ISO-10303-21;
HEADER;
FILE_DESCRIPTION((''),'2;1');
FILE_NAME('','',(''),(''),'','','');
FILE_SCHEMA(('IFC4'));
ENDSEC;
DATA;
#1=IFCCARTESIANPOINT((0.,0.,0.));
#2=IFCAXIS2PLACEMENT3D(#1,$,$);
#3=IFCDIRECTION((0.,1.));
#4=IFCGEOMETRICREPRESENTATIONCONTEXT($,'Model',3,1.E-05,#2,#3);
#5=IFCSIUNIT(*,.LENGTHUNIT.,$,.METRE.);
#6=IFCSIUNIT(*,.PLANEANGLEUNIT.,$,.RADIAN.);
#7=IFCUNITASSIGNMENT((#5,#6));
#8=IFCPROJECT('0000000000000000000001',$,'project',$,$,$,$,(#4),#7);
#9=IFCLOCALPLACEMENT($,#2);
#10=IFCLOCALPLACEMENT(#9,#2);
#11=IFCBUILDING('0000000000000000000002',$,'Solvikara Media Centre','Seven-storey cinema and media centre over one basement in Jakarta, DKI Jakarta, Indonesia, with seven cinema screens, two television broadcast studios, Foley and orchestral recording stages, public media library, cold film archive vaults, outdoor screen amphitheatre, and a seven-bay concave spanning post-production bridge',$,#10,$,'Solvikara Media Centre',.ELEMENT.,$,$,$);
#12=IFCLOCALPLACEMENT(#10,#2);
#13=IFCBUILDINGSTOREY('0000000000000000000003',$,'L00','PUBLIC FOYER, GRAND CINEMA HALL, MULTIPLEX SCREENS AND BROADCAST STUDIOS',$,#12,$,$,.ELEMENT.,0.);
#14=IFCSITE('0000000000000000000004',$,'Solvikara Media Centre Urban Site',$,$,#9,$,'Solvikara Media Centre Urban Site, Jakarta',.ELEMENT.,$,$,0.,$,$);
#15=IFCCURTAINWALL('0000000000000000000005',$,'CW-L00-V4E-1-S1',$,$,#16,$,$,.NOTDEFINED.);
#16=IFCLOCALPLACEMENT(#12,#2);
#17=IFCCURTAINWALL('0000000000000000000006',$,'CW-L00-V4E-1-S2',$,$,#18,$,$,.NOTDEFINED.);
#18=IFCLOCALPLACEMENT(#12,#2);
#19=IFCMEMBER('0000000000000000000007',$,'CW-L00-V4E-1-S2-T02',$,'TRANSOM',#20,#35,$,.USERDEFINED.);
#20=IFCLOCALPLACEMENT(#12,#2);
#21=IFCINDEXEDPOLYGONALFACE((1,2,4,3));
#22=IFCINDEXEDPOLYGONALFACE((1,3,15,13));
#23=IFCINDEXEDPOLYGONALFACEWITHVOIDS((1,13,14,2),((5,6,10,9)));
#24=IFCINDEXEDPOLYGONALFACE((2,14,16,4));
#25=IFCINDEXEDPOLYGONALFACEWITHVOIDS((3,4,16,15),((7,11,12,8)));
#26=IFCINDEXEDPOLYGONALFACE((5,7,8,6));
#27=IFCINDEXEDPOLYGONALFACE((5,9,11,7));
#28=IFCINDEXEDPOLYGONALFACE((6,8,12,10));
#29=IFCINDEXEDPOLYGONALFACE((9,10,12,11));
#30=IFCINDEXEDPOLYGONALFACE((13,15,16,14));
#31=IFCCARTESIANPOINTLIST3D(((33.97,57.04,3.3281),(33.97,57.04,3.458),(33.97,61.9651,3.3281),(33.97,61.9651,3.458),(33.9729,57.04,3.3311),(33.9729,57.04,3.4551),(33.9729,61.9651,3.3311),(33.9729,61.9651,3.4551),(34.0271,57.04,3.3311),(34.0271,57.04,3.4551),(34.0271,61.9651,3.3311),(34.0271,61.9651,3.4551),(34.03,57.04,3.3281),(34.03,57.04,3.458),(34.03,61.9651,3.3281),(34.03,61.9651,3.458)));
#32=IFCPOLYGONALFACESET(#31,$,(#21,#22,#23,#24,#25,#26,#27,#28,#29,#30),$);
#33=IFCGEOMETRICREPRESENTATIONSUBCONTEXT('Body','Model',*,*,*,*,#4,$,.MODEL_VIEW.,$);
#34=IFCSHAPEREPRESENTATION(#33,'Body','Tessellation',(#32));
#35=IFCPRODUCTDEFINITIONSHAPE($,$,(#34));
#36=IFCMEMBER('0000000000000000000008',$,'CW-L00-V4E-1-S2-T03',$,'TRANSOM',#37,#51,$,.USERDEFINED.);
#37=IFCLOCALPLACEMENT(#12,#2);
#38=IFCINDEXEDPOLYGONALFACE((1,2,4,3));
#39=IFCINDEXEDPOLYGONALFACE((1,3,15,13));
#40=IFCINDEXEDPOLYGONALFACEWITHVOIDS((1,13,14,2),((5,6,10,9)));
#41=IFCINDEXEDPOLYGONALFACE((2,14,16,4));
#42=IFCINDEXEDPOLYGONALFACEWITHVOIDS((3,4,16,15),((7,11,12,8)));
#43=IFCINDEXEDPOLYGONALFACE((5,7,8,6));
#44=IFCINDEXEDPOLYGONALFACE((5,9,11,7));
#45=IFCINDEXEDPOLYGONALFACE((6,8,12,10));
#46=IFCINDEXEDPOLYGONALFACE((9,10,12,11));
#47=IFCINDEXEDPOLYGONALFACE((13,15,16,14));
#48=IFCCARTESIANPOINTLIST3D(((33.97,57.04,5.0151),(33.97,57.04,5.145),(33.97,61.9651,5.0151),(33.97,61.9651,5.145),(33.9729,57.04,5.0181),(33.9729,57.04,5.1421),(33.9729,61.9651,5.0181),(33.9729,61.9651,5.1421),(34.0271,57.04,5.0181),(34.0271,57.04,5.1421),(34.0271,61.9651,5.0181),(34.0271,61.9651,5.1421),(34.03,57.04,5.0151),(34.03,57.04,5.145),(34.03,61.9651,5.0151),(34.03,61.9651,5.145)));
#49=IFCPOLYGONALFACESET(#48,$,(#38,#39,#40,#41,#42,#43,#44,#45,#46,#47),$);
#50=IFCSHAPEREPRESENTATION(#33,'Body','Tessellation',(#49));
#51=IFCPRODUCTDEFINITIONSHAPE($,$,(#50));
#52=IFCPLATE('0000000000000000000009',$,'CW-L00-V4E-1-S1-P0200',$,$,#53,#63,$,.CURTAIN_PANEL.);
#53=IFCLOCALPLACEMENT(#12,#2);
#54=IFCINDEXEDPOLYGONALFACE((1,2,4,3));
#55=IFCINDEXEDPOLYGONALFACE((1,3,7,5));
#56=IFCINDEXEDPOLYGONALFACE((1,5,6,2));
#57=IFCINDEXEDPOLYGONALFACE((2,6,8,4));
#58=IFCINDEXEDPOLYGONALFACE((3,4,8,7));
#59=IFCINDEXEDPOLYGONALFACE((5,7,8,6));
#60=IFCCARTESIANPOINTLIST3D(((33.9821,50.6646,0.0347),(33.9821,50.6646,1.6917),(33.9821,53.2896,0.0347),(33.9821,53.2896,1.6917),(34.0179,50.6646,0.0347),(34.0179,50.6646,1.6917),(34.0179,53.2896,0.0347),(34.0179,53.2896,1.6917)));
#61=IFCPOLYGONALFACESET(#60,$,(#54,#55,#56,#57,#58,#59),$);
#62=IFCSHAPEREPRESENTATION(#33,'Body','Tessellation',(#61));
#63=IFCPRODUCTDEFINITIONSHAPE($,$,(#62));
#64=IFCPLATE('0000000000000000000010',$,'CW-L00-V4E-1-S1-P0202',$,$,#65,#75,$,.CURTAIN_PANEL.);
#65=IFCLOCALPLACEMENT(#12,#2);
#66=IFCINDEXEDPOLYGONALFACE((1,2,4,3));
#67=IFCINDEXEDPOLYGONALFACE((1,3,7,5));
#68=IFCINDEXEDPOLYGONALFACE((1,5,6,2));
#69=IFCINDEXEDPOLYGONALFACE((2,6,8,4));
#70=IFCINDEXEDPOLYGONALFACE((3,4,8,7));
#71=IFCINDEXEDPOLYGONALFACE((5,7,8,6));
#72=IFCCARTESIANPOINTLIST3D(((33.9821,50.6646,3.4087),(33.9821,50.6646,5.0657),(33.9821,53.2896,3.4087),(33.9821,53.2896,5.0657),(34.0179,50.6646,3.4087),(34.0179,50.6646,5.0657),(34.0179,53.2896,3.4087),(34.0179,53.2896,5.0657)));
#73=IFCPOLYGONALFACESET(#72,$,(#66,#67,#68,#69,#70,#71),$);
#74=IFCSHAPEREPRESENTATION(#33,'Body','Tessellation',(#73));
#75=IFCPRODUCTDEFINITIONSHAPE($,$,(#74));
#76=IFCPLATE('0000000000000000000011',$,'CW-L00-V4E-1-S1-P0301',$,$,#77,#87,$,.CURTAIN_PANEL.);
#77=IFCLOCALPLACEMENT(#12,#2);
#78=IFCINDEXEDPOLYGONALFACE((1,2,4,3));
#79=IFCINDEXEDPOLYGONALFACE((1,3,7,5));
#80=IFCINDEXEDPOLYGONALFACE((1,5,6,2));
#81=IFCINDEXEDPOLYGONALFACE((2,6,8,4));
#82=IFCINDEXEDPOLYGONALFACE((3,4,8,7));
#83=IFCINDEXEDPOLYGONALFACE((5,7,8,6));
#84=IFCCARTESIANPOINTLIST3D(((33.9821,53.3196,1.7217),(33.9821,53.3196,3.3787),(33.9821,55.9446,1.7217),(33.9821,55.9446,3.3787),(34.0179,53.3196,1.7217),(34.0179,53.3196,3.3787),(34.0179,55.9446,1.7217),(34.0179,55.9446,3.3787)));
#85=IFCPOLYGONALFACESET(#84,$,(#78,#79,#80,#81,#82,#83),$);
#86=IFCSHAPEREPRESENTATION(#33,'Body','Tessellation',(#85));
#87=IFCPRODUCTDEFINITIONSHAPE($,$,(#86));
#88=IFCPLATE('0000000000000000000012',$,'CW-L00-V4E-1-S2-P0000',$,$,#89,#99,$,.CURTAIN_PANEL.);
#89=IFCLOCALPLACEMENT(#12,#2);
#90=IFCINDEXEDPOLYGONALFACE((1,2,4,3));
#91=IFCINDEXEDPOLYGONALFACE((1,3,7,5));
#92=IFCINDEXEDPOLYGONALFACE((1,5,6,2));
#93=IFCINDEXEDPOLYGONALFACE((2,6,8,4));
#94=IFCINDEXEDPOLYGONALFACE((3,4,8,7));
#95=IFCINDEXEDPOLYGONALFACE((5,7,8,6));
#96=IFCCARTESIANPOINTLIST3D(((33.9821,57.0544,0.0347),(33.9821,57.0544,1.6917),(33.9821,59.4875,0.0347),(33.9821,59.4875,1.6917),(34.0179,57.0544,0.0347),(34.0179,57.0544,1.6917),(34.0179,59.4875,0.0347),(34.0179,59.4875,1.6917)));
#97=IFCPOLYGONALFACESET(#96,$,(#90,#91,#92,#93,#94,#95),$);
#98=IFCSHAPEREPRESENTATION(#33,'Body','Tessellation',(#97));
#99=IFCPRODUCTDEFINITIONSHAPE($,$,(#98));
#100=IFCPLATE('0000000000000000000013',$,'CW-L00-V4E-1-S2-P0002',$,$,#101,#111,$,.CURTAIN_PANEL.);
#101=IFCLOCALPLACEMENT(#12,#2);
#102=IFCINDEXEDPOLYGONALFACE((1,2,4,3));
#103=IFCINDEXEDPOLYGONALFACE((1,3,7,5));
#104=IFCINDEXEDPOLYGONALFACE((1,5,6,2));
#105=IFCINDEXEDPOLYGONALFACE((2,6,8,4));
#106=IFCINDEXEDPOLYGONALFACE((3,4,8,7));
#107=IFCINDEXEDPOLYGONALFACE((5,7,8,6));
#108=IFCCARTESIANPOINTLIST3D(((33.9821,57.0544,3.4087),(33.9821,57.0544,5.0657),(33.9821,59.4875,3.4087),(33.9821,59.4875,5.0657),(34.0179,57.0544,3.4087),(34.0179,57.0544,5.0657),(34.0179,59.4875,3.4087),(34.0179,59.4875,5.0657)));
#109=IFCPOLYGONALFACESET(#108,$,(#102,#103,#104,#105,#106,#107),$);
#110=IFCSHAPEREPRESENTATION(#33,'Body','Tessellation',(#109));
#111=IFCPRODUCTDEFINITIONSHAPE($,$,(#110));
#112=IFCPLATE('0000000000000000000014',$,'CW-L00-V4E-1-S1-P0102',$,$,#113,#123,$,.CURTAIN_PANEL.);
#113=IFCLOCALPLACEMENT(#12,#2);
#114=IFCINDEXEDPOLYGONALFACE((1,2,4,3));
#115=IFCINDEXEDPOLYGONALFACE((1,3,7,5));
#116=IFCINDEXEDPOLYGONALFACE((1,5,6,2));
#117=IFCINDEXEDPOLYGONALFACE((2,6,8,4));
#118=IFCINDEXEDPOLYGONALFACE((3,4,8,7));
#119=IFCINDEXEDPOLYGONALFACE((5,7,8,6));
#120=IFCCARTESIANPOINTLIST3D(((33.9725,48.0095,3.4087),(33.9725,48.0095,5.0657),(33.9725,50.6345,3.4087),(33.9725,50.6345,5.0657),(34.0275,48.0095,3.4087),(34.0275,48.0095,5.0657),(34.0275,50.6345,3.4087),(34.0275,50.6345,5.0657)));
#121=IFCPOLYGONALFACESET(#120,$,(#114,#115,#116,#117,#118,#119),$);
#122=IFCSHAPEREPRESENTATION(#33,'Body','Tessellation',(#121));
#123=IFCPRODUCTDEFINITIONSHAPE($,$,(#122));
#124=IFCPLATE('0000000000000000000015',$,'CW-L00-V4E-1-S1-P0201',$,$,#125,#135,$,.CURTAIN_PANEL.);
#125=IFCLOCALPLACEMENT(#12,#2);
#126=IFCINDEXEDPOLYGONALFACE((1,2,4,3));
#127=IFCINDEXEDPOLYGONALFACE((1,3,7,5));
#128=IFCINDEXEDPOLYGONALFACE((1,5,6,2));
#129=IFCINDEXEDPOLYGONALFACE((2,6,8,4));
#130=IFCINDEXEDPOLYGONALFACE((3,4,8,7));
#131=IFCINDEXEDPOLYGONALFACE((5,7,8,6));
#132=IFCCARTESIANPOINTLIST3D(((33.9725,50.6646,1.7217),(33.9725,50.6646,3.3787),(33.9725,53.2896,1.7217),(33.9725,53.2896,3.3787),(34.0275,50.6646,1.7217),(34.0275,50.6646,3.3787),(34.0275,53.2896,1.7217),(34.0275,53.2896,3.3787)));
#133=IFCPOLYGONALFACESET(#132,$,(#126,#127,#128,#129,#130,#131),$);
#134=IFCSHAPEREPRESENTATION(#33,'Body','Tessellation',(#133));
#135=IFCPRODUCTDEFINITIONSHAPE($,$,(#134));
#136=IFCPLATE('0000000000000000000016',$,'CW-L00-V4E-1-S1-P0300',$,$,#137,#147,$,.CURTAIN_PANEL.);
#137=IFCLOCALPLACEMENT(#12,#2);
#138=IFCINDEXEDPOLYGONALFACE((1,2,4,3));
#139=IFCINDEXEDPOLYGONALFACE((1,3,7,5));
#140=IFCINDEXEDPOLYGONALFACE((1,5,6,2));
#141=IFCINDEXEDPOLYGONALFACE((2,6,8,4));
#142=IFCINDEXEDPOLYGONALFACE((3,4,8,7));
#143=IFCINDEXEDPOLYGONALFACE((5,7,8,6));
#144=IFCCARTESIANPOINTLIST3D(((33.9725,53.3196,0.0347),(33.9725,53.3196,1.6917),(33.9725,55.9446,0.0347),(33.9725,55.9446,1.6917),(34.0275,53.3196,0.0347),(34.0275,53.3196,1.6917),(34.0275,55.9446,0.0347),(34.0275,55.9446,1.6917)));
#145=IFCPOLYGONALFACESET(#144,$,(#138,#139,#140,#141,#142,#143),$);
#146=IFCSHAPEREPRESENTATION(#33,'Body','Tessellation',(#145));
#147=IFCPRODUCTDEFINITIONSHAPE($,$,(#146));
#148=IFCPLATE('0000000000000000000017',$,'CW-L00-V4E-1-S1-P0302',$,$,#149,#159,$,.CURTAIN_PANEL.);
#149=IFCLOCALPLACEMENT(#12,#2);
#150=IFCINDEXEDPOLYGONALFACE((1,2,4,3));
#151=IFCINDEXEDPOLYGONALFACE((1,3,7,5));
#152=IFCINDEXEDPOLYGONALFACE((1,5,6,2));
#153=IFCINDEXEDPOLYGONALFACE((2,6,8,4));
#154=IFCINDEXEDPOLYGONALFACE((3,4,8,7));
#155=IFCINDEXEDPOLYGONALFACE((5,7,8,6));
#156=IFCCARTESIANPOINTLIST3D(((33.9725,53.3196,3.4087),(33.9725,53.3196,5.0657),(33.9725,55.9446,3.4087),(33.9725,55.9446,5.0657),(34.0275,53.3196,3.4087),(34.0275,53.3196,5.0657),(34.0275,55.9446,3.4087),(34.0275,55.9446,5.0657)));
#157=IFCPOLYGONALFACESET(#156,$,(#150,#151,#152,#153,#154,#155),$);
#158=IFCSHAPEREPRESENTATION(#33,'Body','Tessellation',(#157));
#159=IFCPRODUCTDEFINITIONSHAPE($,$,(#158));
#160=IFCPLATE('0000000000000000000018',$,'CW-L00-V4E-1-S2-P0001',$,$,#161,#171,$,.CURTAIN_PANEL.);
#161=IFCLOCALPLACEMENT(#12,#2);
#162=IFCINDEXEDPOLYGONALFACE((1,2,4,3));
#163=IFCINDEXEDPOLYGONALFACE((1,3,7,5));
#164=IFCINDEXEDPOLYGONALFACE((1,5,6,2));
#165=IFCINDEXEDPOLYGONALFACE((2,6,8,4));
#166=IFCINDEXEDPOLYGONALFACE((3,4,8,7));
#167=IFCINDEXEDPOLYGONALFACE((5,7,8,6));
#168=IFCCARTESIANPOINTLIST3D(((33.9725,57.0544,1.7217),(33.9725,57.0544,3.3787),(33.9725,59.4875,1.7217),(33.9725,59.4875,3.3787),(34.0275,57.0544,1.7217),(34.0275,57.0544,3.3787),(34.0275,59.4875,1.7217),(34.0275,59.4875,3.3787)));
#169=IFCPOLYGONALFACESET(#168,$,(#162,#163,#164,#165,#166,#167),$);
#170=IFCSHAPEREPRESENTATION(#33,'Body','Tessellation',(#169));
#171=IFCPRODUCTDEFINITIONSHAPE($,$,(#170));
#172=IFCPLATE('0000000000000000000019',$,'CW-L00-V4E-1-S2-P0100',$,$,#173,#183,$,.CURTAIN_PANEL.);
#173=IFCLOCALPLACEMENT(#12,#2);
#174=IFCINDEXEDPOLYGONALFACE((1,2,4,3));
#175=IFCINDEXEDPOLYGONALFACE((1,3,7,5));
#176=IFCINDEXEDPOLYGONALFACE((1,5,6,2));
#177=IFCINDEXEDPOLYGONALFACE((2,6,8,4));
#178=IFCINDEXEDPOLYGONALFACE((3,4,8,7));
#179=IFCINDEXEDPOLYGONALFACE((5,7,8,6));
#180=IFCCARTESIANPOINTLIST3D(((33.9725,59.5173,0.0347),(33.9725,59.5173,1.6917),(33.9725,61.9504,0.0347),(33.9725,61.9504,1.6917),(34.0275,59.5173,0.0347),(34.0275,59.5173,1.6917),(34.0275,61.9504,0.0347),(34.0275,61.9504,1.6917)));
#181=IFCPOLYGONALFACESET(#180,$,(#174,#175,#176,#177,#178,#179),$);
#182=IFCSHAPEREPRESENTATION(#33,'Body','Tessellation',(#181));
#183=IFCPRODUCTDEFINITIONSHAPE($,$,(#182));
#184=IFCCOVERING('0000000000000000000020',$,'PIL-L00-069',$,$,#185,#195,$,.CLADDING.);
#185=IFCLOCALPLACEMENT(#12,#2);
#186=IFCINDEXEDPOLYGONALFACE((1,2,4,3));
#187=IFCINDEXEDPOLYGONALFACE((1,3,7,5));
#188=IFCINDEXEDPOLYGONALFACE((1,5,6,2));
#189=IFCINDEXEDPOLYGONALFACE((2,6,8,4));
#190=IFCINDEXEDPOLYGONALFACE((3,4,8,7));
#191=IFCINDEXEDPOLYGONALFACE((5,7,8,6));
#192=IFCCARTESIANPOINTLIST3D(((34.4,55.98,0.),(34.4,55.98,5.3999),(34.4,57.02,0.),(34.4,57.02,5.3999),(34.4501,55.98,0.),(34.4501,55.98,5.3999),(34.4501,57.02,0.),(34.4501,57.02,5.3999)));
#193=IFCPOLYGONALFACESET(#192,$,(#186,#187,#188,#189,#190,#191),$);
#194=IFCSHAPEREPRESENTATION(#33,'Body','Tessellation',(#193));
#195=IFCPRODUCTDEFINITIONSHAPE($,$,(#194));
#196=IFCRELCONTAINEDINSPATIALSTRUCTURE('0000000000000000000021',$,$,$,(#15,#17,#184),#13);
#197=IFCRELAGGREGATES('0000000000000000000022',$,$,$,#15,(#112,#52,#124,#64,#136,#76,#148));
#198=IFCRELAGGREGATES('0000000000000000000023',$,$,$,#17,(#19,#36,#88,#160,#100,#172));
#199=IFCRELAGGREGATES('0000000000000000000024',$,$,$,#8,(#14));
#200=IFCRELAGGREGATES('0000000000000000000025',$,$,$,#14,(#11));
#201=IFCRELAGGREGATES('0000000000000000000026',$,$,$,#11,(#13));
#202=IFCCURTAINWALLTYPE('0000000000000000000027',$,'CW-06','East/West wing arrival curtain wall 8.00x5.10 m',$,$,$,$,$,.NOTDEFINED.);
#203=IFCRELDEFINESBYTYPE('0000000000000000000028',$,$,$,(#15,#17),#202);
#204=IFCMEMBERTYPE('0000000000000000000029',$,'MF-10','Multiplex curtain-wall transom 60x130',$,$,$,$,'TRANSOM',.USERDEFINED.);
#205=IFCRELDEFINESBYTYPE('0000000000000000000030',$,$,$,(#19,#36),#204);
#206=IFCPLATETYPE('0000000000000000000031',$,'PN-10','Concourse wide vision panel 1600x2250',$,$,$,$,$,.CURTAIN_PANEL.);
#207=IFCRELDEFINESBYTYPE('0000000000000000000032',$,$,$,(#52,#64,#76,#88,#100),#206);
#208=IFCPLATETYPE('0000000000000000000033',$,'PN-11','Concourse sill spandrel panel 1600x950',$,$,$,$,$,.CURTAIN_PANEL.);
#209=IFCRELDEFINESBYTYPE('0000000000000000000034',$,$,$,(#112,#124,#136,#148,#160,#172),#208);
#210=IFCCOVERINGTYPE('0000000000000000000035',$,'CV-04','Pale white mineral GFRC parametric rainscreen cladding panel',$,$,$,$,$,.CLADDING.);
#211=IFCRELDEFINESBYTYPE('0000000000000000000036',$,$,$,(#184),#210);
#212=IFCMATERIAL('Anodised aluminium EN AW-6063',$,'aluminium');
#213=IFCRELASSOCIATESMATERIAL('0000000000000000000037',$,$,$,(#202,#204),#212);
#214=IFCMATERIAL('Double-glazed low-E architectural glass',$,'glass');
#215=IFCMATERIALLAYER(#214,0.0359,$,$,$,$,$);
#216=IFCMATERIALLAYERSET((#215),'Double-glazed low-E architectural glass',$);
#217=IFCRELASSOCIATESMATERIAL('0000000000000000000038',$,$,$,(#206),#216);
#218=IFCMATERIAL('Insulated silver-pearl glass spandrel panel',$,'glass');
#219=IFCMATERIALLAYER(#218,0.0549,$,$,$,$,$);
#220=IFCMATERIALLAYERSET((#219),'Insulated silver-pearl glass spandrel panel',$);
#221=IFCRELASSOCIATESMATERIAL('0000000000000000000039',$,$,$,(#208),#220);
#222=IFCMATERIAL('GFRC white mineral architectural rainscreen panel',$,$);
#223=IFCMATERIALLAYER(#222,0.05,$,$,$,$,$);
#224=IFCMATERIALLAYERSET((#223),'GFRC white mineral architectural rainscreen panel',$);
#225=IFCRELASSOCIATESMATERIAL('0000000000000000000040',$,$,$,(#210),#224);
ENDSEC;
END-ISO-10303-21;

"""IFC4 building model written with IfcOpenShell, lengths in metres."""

from ifc_helpers import new_model, si_unit, direction, frame, origin, origin_2d, place, context, subcontext, project, spatial, rectangle, hollow_rectangle, extrude, material, layer, layer_set, material_profile, profile_set, type_object, element, aggregate, save


model = new_model("IFC4")

# Units and contexts
model_context = context("Model", 3, precision=1e-05, world=origin(), true_north=direction((0.0, 1.0)))
body_context = subcontext(model_context, "Body", "Model", "MODEL_VIEW")
ifc_project = project(units=[si_unit("LENGTHUNIT", "METRE"), si_unit("PLANEANGLEUNIT", "RADIAN")], contexts=[model_context])

# Site, building, storey
site_placement = place(None, origin())
site = spatial("IfcSite", under=ifc_project, at=site_placement, Name="Solvikara Media Centre Urban Site", LongName="Solvikara Media Centre Urban Site, Jakarta", CompositionType="ELEMENT", RefElevation=0.0)
building_placement = place(site_placement, origin())
building = spatial("IfcBuilding", under=site, at=building_placement, Name="Solvikara Media Centre", Description="Seven-storey cinema and media centre over one basement in Jakarta, DKI Jakarta, Indonesia, with seven cinema screens, two television broadcast studios, Foley and orchestral recording stages, public media library, cold film archive vaults, outdoor screen amphitheatre, and a seven-bay concave spanning post-production bridge", LongName="Solvikara Media Centre", CompositionType="ELEMENT")
storey_placement = place(building_placement, origin())
storey = spatial("IfcBuildingStorey", under=building, at=storey_placement, Name="L00", Description="PUBLIC FOYER, GRAND CINEMA HALL, MULTIPLEX SCREENS AND BROADCAST STUDIOS", CompositionType="ELEMENT", Elevation=0.0)

# Curtain walls, members
ifc_material_1 = material(Name="Anodised aluminium EN AW-6063", Category="aluminium")
curtain_wall_type = type_object("IfcCurtainWallType", Name="CW-06", Description="East/West wing arrival curtain wall 8.00x5.10 m", PredefinedType="NOTDEFINED", material=ifc_material_1)
curtain_wall_1_placement = place(storey_placement, origin())
curtain_wall_1 = element("IfcCurtainWall", 1, at=curtain_wall_1_placement, inside=storey, type_object=curtain_wall_type, Name="CW-L00-V4E-1-S1", PredefinedType="NOTDEFINED")
curtain_wall_2_placement = place(storey_placement, origin())
curtain_wall_2 = element("IfcCurtainWall", 2, at=curtain_wall_2_placement, inside=storey, type_object=curtain_wall_type, Name="CW-L00-V4E-1-S2", PredefinedType="NOTDEFINED")
ifc_material_profile_1 = material_profile(ifc_material_1, hollow_rectangle(XDim=0.0601, YDim=0.1299, WallThickness=0.0029, at=origin_2d()), Name="ALU-T 60x130x3")
ifc_profile_set_1 = profile_set([ifc_material_profile_1], Name="Anodised aluminium EN AW-6063")
member_type_1 = type_object("IfcMemberType", Name="MF-10", Description="Multiplex curtain-wall transom 60x130", ElementType="TRANSOM", PredefinedType="USERDEFINED", material=ifc_profile_set_1)
member_1_placement = place(storey_placement, frame((34.0, 57.04, 3.3931), z_axis=(0.0, 1.0, 0.0), x_axis=(-1.0, 0.0, 0.0)))
member_1 = element("IfcMember", 3, at=member_1_placement, type_object=member_type_1, Name="CW-L00-V4E-1-S2-T02", ObjectType="TRANSOM", PredefinedType="USERDEFINED", context=body_context, shape_type="SweptSolid", body=[
    extrude(hollow_rectangle(XDim=0.0601, YDim=0.1299, WallThickness=0.0029, at=origin_2d()), origin(), (0.0, 0.0, 1.0), 4.925),
])
member_2_placement = place(storey_placement, frame((34.0, 57.04, 5.0801), z_axis=(0.0, 1.0, 0.0), x_axis=(-1.0, 0.0, 0.0)))
member_2 = element("IfcMember", 4, at=member_2_placement, type_object=member_type_1, Name="CW-L00-V4E-1-S2-T03", ObjectType="TRANSOM", PredefinedType="USERDEFINED", context=body_context, shape_type="SweptSolid", body=[
    extrude(hollow_rectangle(XDim=0.0601, YDim=0.1299, WallThickness=0.0029, at=origin_2d()), origin(), (0.0, 0.0, 1.0), 4.925),
])

# Plates
ifc_material_2 = material(Name="Double-glazed low-E architectural glass", Category="glass")
ifc_layer_1 = layer(ifc_material_2, 0.0359)
ifc_layer_set_1 = layer_set([ifc_layer_1], Name="Double-glazed low-E architectural glass")
plate_type_1 = type_object("IfcPlateType", Name="PN-10", Description="Concourse wide vision panel 1600x2250", PredefinedType="CURTAIN_PANEL", material=ifc_layer_set_1)
plate_1_placement = place(storey_placement, frame((34.0, 51.9771, 0.0347), z_axis=(0.0, 0.0, 1.0), x_axis=(0.0, 1.0, 0.0)))
plate_1 = element("IfcPlate", 5, at=plate_1_placement, type_object=plate_type_1, Name="CW-L00-V4E-1-S1-P0200", PredefinedType="CURTAIN_PANEL", context=body_context, shape_type="SweptSolid", body=[
    extrude(rectangle(XDim=2.625, YDim=0.0359, at=origin_2d()), origin(), (0.0, 0.0, 1.0), 1.657),
])
plate_2_placement = place(storey_placement, frame((34.0, 51.9771, 3.4087), z_axis=(0.0, 0.0, 1.0), x_axis=(0.0, 1.0, 0.0)))
plate_2 = element("IfcPlate", 6, at=plate_2_placement, type_object=plate_type_1, Name="CW-L00-V4E-1-S1-P0202", PredefinedType="CURTAIN_PANEL", context=body_context, shape_type="SweptSolid", body=[
    extrude(rectangle(XDim=2.625, YDim=0.0359, at=origin_2d()), origin(), (0.0, 0.0, 1.0), 1.657),
])
plate_3_placement = place(storey_placement, frame((34.0, 54.6321, 1.7217), z_axis=(0.0, 0.0, 1.0), x_axis=(0.0, 1.0, 0.0)))
plate_3 = element("IfcPlate", 7, at=plate_3_placement, type_object=plate_type_1, Name="CW-L00-V4E-1-S1-P0301", PredefinedType="CURTAIN_PANEL", context=body_context, shape_type="SweptSolid", body=[
    extrude(rectangle(XDim=2.625, YDim=0.0359, at=origin_2d()), origin(), (0.0, 0.0, 1.0), 1.657),
])
plate_4_placement = place(storey_placement, frame((34.0, 58.271, 0.0347), z_axis=(0.0, 0.0, 1.0), x_axis=(0.0, 1.0, 0.0)))
plate_4 = element("IfcPlate", 8, at=plate_4_placement, type_object=plate_type_1, Name="CW-L00-V4E-1-S2-P0000", PredefinedType="CURTAIN_PANEL", context=body_context, shape_type="SweptSolid", body=[
    extrude(rectangle(XDim=2.4331, YDim=0.0359, at=origin_2d()), origin(), (0.0, 0.0, 1.0), 1.657),
])
plate_5_placement = place(storey_placement, frame((34.0, 58.271, 3.4087), z_axis=(0.0, 0.0, 1.0), x_axis=(0.0, 1.0, 0.0)))
plate_5 = element("IfcPlate", 9, at=plate_5_placement, type_object=plate_type_1, Name="CW-L00-V4E-1-S2-P0002", PredefinedType="CURTAIN_PANEL", context=body_context, shape_type="SweptSolid", body=[
    extrude(rectangle(XDim=2.4331, YDim=0.0359, at=origin_2d()), origin(), (0.0, 0.0, 1.0), 1.657),
])
ifc_material_3 = material(Name="Insulated silver-pearl glass spandrel panel", Category="glass")
ifc_layer_2 = layer(ifc_material_3, 0.0549)
ifc_layer_set_2 = layer_set([ifc_layer_2], Name="Insulated silver-pearl glass spandrel panel")
plate_type_2 = type_object("IfcPlateType", Name="PN-11", Description="Concourse sill spandrel panel 1600x950", PredefinedType="CURTAIN_PANEL", material=ifc_layer_set_2)
plate_6_placement = place(storey_placement, frame((34.0, 49.322, 3.4087), z_axis=(0.0, 0.0, 1.0), x_axis=(0.0, 1.0, 0.0)))
plate_6 = element("IfcPlate", 10, at=plate_6_placement, type_object=plate_type_2, Name="CW-L00-V4E-1-S1-P0102", PredefinedType="CURTAIN_PANEL", context=body_context, shape_type="SweptSolid", body=[
    extrude(rectangle(XDim=2.625, YDim=0.0549, at=origin_2d()), origin(), (0.0, 0.0, 1.0), 1.657),
])
plate_7_placement = place(storey_placement, frame((34.0, 51.9771, 1.7217), z_axis=(0.0, 0.0, 1.0), x_axis=(0.0, 1.0, 0.0)))
plate_7 = element("IfcPlate", 11, at=plate_7_placement, type_object=plate_type_2, Name="CW-L00-V4E-1-S1-P0201", PredefinedType="CURTAIN_PANEL", context=body_context, shape_type="SweptSolid", body=[
    extrude(rectangle(XDim=2.625, YDim=0.0549, at=origin_2d()), origin(), (0.0, 0.0, 1.0), 1.657),
])
plate_8_placement = place(storey_placement, frame((34.0, 54.6321, 0.0347), z_axis=(0.0, 0.0, 1.0), x_axis=(0.0, 1.0, 0.0)))
plate_8 = element("IfcPlate", 12, at=plate_8_placement, type_object=plate_type_2, Name="CW-L00-V4E-1-S1-P0300", PredefinedType="CURTAIN_PANEL", context=body_context, shape_type="SweptSolid", body=[
    extrude(rectangle(XDim=2.625, YDim=0.0549, at=origin_2d()), origin(), (0.0, 0.0, 1.0), 1.657),
])
plate_9_placement = place(storey_placement, frame((34.0, 54.6321, 3.4087), z_axis=(0.0, 0.0, 1.0), x_axis=(0.0, 1.0, 0.0)))
plate_9 = element("IfcPlate", 13, at=plate_9_placement, type_object=plate_type_2, Name="CW-L00-V4E-1-S1-P0302", PredefinedType="CURTAIN_PANEL", context=body_context, shape_type="SweptSolid", body=[
    extrude(rectangle(XDim=2.625, YDim=0.0549, at=origin_2d()), origin(), (0.0, 0.0, 1.0), 1.657),
])
aggregate(curtain_wall_1, [plate_6, plate_1, plate_7, plate_2, plate_8, plate_3, plate_9])
plate_10_placement = place(storey_placement, frame((34.0, 58.271, 1.7217), z_axis=(0.0, 0.0, 1.0), x_axis=(0.0, 1.0, 0.0)))
plate_10 = element("IfcPlate", 14, at=plate_10_placement, type_object=plate_type_2, Name="CW-L00-V4E-1-S2-P0001", PredefinedType="CURTAIN_PANEL", context=body_context, shape_type="SweptSolid", body=[
    extrude(rectangle(XDim=2.4331, YDim=0.0549, at=origin_2d()), origin(), (0.0, 0.0, 1.0), 1.657),
])
plate_11_placement = place(storey_placement, frame((34.0, 60.7339, 0.0347), z_axis=(0.0, 0.0, 1.0), x_axis=(0.0, 1.0, 0.0)))
plate_11 = element("IfcPlate", 15, at=plate_11_placement, type_object=plate_type_2, Name="CW-L00-V4E-1-S2-P0100", PredefinedType="CURTAIN_PANEL", context=body_context, shape_type="SweptSolid", body=[
    extrude(rectangle(XDim=2.4331, YDim=0.0549, at=origin_2d()), origin(), (0.0, 0.0, 1.0), 1.657),
])
aggregate(curtain_wall_2, [member_1, member_2, plate_4, plate_10, plate_5, plate_11])

# Covering
ifc_material_4 = material(Name="GFRC white mineral architectural rainscreen panel")
ifc_layer_3 = layer(ifc_material_4, 0.05)
ifc_layer_set_3 = layer_set([ifc_layer_3], Name="GFRC white mineral architectural rainscreen panel")
covering_type = type_object("IfcCoveringType", Name="CV-04", Description="Pale white mineral GFRC parametric rainscreen cladding panel", PredefinedType="CLADDING", material=ifc_layer_set_3)
covering_placement = place(storey_placement, frame((34.425, 56.5, 0.0), z_axis=(0.0, 0.0, 1.0), x_axis=(0.0, 1.0, 0.0)))
element("IfcCovering", 16, at=covering_placement, inside=storey, type_object=covering_type, Name="PIL-L00-069", PredefinedType="CLADDING", context=body_context, shape_type="SweptSolid", body=[
    extrude(rectangle(XDim=1.04, YDim=0.05, at=origin_2d()), origin(), (0.0, 0.0, 1.0), 5.3999),
])

save(model, "model.ifc")
